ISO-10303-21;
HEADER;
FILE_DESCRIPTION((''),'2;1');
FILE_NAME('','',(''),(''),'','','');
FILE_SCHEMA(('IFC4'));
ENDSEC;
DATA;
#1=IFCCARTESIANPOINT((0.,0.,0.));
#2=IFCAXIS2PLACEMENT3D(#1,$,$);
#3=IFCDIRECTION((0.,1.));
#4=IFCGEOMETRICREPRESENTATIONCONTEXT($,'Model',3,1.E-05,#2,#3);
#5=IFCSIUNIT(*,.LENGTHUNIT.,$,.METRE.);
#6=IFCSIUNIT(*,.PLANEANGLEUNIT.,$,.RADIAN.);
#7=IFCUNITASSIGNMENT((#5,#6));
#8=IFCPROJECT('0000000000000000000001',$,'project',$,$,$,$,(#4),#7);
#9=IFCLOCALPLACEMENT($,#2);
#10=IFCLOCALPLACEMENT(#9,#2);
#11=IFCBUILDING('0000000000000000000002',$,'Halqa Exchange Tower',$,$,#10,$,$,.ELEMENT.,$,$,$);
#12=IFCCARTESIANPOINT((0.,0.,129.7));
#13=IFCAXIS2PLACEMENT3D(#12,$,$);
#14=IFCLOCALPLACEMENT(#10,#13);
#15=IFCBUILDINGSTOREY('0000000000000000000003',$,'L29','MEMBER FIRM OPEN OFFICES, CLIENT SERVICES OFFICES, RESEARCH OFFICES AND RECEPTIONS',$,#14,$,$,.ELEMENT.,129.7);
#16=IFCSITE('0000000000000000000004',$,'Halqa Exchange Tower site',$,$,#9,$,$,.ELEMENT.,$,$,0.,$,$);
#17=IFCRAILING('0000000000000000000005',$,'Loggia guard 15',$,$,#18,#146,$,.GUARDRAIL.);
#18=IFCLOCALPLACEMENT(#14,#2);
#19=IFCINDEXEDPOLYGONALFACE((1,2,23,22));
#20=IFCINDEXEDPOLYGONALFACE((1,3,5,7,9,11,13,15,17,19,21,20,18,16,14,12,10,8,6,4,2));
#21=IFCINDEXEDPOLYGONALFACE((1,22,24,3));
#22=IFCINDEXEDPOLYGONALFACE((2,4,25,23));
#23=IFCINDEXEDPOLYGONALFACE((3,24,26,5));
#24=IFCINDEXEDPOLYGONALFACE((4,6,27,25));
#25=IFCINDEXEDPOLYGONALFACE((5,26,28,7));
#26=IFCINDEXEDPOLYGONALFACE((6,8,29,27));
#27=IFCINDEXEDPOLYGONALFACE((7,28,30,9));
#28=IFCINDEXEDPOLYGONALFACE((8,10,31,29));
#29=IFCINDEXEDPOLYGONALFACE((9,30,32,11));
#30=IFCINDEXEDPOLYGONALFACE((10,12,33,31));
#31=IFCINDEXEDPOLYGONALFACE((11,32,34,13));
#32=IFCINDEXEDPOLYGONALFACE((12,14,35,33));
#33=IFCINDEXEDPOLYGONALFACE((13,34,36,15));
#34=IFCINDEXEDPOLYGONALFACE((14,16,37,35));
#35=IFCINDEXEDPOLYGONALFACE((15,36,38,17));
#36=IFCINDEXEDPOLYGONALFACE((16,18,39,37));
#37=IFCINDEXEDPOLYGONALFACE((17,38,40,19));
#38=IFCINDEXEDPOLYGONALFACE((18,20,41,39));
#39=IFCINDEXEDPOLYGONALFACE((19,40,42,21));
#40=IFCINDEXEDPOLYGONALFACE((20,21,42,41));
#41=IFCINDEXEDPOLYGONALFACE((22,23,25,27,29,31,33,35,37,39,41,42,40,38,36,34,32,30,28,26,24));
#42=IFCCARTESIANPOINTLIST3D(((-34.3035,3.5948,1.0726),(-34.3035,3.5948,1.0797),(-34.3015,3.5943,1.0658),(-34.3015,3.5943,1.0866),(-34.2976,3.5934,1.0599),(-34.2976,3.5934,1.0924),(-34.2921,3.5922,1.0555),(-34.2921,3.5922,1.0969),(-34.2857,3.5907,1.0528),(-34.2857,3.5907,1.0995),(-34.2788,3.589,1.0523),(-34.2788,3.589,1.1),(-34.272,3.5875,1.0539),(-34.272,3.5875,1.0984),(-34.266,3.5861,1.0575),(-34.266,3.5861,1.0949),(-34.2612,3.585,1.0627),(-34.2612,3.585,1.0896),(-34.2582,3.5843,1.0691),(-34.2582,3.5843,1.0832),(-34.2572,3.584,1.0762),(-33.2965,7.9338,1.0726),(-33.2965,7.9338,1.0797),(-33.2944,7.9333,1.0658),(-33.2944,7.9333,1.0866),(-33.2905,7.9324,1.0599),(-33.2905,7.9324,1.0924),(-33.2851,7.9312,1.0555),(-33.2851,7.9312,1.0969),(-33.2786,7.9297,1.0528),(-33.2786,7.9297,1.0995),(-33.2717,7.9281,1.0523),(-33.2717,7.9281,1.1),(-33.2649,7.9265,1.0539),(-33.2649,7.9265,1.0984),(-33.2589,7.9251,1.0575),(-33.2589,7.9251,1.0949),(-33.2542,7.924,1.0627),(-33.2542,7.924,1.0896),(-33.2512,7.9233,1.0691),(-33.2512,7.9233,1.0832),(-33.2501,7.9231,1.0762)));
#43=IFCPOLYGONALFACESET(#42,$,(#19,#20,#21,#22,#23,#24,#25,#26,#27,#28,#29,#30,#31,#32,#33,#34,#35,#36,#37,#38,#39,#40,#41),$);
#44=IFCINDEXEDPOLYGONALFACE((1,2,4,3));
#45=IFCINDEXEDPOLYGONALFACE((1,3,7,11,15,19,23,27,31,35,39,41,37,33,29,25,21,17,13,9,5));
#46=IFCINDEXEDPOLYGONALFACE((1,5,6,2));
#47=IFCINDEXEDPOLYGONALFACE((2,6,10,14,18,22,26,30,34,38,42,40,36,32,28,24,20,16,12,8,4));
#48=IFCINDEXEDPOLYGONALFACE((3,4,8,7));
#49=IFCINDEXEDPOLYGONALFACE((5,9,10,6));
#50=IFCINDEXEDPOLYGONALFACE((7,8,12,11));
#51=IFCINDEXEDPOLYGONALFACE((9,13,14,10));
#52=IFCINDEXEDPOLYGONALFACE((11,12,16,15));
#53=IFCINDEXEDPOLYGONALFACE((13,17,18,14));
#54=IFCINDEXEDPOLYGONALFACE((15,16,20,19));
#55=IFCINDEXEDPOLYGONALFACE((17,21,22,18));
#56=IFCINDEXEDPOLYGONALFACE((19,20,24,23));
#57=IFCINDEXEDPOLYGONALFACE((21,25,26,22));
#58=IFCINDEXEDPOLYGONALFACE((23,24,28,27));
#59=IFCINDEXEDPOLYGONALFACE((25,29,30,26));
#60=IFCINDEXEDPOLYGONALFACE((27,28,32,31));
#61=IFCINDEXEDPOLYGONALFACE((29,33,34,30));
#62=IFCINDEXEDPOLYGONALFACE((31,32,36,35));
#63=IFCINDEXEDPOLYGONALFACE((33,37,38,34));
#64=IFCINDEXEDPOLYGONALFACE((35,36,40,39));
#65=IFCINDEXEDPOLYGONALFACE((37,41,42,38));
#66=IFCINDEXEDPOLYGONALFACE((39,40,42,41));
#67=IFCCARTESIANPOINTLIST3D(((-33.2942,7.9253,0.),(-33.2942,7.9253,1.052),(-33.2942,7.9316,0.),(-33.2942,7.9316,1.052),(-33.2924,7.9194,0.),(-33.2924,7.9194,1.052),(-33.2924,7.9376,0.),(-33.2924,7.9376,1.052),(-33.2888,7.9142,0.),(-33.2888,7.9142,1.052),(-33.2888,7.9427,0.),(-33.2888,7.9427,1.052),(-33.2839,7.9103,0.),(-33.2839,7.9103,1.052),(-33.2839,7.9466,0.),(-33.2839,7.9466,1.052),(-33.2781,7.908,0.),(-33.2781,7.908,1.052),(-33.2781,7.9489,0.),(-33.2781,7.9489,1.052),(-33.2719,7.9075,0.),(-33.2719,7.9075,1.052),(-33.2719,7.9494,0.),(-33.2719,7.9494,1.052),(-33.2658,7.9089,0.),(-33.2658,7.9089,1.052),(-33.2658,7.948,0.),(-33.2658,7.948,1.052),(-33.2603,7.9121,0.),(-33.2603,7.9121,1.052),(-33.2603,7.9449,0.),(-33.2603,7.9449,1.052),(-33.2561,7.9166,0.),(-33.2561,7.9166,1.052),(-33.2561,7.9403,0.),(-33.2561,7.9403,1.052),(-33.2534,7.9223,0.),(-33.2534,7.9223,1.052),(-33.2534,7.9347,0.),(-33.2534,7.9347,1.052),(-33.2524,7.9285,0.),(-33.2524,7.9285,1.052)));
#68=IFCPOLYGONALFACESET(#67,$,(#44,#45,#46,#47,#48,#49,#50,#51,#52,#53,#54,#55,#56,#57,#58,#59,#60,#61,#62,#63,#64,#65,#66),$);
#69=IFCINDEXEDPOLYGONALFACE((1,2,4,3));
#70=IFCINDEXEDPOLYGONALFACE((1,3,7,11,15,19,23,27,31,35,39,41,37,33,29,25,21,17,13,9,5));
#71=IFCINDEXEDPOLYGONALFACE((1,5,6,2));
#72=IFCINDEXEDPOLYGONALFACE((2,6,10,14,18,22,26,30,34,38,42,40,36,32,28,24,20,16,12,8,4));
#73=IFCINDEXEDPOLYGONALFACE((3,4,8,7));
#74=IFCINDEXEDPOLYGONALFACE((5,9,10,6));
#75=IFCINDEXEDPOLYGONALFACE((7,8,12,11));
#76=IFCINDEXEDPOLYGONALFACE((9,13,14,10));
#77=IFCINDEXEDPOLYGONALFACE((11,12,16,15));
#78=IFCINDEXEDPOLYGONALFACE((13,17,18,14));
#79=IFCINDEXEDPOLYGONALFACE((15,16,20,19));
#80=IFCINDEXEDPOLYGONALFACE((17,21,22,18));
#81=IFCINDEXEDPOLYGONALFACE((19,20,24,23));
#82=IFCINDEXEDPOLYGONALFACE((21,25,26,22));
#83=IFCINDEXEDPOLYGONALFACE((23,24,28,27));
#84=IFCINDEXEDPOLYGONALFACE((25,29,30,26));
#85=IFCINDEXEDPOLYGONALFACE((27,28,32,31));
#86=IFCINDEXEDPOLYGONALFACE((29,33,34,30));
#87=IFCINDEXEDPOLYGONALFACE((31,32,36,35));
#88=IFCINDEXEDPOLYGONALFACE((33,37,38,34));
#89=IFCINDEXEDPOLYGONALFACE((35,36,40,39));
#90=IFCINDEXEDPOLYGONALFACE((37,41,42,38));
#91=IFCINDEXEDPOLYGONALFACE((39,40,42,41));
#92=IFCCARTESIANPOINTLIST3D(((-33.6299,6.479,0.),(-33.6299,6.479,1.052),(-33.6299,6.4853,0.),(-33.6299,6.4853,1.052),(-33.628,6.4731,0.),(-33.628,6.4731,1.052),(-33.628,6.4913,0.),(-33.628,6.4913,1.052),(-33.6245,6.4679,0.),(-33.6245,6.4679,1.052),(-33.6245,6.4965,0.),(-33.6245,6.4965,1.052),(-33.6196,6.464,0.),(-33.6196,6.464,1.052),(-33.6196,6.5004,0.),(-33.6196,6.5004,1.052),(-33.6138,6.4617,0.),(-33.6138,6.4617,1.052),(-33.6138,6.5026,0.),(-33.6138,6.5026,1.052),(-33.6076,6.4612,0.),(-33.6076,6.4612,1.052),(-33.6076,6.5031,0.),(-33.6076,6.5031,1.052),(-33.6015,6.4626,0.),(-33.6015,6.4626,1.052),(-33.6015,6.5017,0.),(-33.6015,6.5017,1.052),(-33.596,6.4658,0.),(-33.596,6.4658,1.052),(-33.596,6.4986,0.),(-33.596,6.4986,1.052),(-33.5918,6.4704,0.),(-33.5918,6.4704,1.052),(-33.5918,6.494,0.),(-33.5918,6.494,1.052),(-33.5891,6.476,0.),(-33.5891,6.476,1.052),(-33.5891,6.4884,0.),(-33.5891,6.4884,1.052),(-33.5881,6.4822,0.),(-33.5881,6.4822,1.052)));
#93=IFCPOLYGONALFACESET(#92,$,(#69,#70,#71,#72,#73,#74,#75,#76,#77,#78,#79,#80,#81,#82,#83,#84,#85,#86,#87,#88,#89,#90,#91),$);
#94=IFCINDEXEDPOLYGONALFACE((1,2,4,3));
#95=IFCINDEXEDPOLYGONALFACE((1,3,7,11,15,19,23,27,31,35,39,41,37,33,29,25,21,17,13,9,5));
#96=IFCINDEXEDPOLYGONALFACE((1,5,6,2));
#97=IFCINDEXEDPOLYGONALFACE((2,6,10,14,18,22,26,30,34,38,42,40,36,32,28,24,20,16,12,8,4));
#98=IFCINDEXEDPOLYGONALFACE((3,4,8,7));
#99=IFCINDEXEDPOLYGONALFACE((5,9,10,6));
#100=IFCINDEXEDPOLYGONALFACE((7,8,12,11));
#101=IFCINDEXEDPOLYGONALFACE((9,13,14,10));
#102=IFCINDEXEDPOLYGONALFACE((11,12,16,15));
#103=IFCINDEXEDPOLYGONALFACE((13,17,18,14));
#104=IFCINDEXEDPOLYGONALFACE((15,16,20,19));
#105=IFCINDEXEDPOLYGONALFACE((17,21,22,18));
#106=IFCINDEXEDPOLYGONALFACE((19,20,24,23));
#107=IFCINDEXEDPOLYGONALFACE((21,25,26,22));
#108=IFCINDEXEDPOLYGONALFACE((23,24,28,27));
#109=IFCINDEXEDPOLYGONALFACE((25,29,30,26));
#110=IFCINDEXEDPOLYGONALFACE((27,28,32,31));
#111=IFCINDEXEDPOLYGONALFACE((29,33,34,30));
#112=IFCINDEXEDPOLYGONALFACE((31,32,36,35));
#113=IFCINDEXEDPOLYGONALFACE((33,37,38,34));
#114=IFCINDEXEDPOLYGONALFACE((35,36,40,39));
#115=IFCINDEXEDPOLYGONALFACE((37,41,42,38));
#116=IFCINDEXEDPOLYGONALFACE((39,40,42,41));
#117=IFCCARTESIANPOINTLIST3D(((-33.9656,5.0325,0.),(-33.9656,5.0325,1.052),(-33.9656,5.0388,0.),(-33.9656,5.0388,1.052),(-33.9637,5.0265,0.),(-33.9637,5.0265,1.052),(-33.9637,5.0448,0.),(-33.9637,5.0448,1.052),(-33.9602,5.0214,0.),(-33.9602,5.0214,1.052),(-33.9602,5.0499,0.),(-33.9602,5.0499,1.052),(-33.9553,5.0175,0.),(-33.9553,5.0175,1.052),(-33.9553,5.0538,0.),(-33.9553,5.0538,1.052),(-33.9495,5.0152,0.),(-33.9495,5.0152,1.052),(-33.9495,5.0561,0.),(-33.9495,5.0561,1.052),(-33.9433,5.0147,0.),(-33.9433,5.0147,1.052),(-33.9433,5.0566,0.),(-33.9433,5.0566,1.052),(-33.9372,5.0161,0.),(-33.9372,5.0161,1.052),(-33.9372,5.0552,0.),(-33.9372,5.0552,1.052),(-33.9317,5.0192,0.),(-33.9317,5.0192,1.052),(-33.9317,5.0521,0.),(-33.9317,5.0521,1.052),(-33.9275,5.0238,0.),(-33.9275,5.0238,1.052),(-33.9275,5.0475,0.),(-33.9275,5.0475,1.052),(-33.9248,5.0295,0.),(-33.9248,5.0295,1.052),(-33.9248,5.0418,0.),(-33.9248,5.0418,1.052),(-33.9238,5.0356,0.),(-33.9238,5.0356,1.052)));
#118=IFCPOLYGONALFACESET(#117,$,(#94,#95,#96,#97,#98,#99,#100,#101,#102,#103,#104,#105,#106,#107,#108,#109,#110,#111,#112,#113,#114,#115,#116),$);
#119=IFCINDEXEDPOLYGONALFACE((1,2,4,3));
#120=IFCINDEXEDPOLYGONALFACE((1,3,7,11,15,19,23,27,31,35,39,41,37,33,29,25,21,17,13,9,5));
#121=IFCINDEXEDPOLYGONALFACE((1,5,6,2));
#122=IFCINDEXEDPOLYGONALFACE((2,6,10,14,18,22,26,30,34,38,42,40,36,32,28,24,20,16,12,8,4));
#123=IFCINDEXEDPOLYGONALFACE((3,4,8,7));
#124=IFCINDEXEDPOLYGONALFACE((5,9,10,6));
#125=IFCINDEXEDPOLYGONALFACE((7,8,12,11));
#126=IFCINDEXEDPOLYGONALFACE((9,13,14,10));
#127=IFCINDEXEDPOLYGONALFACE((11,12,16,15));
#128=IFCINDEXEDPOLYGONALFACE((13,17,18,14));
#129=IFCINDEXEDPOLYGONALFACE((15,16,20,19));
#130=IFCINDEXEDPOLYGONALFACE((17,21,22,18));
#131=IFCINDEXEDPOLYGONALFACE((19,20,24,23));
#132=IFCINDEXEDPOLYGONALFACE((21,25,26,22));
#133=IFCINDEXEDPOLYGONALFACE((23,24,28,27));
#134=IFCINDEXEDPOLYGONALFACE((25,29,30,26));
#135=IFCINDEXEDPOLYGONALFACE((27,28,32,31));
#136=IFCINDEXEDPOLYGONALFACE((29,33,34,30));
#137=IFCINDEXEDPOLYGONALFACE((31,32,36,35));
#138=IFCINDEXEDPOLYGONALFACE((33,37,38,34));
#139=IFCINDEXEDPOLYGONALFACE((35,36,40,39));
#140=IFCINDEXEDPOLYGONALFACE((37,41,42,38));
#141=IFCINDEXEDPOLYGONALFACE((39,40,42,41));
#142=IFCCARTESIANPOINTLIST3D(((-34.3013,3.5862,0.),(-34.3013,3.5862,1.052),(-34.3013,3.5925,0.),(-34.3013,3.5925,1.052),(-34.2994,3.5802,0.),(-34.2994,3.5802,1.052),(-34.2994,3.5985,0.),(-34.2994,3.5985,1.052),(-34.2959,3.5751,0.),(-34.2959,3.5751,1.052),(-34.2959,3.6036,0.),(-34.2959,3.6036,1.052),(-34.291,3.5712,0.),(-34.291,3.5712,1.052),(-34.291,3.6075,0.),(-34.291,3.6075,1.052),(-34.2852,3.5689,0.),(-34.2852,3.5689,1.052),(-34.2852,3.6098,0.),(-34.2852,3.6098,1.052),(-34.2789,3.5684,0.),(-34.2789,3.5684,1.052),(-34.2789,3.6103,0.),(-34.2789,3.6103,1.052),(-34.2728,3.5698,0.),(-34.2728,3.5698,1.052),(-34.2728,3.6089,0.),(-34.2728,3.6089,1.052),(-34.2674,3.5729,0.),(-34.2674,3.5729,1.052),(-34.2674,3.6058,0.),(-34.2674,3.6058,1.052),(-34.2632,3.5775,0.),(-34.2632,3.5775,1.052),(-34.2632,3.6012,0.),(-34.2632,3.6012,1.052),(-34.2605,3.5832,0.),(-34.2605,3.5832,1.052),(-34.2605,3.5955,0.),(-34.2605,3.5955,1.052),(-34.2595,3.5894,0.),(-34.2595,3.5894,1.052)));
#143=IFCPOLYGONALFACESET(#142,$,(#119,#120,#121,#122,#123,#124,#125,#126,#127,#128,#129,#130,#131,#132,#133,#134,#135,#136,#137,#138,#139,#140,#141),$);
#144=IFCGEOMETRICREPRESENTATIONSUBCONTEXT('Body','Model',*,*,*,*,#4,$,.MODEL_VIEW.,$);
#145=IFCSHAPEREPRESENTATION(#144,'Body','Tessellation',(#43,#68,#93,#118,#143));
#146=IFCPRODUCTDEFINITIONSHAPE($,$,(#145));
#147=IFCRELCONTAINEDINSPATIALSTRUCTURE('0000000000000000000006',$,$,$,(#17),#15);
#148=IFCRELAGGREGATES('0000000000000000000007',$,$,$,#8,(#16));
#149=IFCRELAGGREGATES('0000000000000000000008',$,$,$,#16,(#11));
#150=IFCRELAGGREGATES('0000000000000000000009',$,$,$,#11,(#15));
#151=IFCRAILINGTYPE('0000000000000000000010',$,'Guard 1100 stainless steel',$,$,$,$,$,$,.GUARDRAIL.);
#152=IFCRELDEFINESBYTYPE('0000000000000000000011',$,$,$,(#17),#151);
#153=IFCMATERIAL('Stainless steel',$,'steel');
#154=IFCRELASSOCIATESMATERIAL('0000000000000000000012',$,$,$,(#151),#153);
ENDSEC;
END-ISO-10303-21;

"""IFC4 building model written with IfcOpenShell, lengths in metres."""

from ifc_helpers import new_model, si_unit, direction, frame, origin, origin_2d, place, context, subcontext, project, spatial, circle, extrude, material, type_object, element, save


model = new_model("IFC4")

# Units and contexts
model_context = context("Model", 3, precision=1e-05, world=origin(), true_north=direction((0.0, 1.0)))
body_context = subcontext(model_context, "Body", "Model", "MODEL_VIEW")
ifc_project = project(units=[si_unit("LENGTHUNIT", "METRE"), si_unit("PLANEANGLEUNIT", "RADIAN")], contexts=[model_context])

# Site, building, storey
site_placement = place(None, origin())
site = spatial("IfcSite", under=ifc_project, at=site_placement, Name="Halqa Exchange Tower site", CompositionType="ELEMENT", RefElevation=0.0)
building_placement = place(site_placement, origin())
building = spatial("IfcBuilding", under=site, at=building_placement, Name="Halqa Exchange Tower", CompositionType="ELEMENT")
storey_placement = place(building_placement, frame((0.0, 0.0, 129.7)))
storey = spatial("IfcBuildingStorey", under=building, at=storey_placement, Name="L29", Description="MEMBER FIRM OPEN OFFICES, CLIENT SERVICES OFFICES, RESEARCH OFFICES AND RECEPTIONS", CompositionType="ELEMENT", Elevation=129.7)

# Railing
ifc_material_1 = material(Name="Stainless steel", Category="steel")
railing_type = type_object("IfcRailingType", Name="Guard 1100 stainless steel", PredefinedType="GUARDRAIL", material=ifc_material_1)
railing_1_placement = place(storey_placement, frame((-33.2734, 7.9285, 0.0)))
element("IfcRailing", 1, at=railing_1_placement, inside=storey, type_object=railing_type, Name="Loggia guard 15", PredefinedType="GUARDRAIL", context=body_context, shape_type="SweptSolid", body=[
    extrude(circle(Radius=0.0239, at=origin_2d()), frame((0.0, 0.0, 1.0762), z_axis=(-0.226084, -0.974108, 0.0), x_axis=(0.974108, -0.226084, 0.0)), (0.0, 0.0, 1.0), 4.4543),
    extrude(circle(Radius=0.021, at=origin_2d()), origin(), (0.0, 0.0, 1.0), 1.052),
    extrude(circle(Radius=0.021, at=origin_2d()), frame((-0.3357, -1.4463, 0.0)), (0.0, 0.0, 1.0), 1.052),
    extrude(circle(Radius=0.021, at=origin_2d()), frame((-0.6714, -2.8928, 0.0)), (0.0, 0.0, 1.0), 1.052),
    extrude(circle(Radius=0.021, at=origin_2d()), frame((-1.0071, -4.3391, 0.0)), (0.0, 0.0, 1.0), 1.052),
])

save(model, "model.ifc")
